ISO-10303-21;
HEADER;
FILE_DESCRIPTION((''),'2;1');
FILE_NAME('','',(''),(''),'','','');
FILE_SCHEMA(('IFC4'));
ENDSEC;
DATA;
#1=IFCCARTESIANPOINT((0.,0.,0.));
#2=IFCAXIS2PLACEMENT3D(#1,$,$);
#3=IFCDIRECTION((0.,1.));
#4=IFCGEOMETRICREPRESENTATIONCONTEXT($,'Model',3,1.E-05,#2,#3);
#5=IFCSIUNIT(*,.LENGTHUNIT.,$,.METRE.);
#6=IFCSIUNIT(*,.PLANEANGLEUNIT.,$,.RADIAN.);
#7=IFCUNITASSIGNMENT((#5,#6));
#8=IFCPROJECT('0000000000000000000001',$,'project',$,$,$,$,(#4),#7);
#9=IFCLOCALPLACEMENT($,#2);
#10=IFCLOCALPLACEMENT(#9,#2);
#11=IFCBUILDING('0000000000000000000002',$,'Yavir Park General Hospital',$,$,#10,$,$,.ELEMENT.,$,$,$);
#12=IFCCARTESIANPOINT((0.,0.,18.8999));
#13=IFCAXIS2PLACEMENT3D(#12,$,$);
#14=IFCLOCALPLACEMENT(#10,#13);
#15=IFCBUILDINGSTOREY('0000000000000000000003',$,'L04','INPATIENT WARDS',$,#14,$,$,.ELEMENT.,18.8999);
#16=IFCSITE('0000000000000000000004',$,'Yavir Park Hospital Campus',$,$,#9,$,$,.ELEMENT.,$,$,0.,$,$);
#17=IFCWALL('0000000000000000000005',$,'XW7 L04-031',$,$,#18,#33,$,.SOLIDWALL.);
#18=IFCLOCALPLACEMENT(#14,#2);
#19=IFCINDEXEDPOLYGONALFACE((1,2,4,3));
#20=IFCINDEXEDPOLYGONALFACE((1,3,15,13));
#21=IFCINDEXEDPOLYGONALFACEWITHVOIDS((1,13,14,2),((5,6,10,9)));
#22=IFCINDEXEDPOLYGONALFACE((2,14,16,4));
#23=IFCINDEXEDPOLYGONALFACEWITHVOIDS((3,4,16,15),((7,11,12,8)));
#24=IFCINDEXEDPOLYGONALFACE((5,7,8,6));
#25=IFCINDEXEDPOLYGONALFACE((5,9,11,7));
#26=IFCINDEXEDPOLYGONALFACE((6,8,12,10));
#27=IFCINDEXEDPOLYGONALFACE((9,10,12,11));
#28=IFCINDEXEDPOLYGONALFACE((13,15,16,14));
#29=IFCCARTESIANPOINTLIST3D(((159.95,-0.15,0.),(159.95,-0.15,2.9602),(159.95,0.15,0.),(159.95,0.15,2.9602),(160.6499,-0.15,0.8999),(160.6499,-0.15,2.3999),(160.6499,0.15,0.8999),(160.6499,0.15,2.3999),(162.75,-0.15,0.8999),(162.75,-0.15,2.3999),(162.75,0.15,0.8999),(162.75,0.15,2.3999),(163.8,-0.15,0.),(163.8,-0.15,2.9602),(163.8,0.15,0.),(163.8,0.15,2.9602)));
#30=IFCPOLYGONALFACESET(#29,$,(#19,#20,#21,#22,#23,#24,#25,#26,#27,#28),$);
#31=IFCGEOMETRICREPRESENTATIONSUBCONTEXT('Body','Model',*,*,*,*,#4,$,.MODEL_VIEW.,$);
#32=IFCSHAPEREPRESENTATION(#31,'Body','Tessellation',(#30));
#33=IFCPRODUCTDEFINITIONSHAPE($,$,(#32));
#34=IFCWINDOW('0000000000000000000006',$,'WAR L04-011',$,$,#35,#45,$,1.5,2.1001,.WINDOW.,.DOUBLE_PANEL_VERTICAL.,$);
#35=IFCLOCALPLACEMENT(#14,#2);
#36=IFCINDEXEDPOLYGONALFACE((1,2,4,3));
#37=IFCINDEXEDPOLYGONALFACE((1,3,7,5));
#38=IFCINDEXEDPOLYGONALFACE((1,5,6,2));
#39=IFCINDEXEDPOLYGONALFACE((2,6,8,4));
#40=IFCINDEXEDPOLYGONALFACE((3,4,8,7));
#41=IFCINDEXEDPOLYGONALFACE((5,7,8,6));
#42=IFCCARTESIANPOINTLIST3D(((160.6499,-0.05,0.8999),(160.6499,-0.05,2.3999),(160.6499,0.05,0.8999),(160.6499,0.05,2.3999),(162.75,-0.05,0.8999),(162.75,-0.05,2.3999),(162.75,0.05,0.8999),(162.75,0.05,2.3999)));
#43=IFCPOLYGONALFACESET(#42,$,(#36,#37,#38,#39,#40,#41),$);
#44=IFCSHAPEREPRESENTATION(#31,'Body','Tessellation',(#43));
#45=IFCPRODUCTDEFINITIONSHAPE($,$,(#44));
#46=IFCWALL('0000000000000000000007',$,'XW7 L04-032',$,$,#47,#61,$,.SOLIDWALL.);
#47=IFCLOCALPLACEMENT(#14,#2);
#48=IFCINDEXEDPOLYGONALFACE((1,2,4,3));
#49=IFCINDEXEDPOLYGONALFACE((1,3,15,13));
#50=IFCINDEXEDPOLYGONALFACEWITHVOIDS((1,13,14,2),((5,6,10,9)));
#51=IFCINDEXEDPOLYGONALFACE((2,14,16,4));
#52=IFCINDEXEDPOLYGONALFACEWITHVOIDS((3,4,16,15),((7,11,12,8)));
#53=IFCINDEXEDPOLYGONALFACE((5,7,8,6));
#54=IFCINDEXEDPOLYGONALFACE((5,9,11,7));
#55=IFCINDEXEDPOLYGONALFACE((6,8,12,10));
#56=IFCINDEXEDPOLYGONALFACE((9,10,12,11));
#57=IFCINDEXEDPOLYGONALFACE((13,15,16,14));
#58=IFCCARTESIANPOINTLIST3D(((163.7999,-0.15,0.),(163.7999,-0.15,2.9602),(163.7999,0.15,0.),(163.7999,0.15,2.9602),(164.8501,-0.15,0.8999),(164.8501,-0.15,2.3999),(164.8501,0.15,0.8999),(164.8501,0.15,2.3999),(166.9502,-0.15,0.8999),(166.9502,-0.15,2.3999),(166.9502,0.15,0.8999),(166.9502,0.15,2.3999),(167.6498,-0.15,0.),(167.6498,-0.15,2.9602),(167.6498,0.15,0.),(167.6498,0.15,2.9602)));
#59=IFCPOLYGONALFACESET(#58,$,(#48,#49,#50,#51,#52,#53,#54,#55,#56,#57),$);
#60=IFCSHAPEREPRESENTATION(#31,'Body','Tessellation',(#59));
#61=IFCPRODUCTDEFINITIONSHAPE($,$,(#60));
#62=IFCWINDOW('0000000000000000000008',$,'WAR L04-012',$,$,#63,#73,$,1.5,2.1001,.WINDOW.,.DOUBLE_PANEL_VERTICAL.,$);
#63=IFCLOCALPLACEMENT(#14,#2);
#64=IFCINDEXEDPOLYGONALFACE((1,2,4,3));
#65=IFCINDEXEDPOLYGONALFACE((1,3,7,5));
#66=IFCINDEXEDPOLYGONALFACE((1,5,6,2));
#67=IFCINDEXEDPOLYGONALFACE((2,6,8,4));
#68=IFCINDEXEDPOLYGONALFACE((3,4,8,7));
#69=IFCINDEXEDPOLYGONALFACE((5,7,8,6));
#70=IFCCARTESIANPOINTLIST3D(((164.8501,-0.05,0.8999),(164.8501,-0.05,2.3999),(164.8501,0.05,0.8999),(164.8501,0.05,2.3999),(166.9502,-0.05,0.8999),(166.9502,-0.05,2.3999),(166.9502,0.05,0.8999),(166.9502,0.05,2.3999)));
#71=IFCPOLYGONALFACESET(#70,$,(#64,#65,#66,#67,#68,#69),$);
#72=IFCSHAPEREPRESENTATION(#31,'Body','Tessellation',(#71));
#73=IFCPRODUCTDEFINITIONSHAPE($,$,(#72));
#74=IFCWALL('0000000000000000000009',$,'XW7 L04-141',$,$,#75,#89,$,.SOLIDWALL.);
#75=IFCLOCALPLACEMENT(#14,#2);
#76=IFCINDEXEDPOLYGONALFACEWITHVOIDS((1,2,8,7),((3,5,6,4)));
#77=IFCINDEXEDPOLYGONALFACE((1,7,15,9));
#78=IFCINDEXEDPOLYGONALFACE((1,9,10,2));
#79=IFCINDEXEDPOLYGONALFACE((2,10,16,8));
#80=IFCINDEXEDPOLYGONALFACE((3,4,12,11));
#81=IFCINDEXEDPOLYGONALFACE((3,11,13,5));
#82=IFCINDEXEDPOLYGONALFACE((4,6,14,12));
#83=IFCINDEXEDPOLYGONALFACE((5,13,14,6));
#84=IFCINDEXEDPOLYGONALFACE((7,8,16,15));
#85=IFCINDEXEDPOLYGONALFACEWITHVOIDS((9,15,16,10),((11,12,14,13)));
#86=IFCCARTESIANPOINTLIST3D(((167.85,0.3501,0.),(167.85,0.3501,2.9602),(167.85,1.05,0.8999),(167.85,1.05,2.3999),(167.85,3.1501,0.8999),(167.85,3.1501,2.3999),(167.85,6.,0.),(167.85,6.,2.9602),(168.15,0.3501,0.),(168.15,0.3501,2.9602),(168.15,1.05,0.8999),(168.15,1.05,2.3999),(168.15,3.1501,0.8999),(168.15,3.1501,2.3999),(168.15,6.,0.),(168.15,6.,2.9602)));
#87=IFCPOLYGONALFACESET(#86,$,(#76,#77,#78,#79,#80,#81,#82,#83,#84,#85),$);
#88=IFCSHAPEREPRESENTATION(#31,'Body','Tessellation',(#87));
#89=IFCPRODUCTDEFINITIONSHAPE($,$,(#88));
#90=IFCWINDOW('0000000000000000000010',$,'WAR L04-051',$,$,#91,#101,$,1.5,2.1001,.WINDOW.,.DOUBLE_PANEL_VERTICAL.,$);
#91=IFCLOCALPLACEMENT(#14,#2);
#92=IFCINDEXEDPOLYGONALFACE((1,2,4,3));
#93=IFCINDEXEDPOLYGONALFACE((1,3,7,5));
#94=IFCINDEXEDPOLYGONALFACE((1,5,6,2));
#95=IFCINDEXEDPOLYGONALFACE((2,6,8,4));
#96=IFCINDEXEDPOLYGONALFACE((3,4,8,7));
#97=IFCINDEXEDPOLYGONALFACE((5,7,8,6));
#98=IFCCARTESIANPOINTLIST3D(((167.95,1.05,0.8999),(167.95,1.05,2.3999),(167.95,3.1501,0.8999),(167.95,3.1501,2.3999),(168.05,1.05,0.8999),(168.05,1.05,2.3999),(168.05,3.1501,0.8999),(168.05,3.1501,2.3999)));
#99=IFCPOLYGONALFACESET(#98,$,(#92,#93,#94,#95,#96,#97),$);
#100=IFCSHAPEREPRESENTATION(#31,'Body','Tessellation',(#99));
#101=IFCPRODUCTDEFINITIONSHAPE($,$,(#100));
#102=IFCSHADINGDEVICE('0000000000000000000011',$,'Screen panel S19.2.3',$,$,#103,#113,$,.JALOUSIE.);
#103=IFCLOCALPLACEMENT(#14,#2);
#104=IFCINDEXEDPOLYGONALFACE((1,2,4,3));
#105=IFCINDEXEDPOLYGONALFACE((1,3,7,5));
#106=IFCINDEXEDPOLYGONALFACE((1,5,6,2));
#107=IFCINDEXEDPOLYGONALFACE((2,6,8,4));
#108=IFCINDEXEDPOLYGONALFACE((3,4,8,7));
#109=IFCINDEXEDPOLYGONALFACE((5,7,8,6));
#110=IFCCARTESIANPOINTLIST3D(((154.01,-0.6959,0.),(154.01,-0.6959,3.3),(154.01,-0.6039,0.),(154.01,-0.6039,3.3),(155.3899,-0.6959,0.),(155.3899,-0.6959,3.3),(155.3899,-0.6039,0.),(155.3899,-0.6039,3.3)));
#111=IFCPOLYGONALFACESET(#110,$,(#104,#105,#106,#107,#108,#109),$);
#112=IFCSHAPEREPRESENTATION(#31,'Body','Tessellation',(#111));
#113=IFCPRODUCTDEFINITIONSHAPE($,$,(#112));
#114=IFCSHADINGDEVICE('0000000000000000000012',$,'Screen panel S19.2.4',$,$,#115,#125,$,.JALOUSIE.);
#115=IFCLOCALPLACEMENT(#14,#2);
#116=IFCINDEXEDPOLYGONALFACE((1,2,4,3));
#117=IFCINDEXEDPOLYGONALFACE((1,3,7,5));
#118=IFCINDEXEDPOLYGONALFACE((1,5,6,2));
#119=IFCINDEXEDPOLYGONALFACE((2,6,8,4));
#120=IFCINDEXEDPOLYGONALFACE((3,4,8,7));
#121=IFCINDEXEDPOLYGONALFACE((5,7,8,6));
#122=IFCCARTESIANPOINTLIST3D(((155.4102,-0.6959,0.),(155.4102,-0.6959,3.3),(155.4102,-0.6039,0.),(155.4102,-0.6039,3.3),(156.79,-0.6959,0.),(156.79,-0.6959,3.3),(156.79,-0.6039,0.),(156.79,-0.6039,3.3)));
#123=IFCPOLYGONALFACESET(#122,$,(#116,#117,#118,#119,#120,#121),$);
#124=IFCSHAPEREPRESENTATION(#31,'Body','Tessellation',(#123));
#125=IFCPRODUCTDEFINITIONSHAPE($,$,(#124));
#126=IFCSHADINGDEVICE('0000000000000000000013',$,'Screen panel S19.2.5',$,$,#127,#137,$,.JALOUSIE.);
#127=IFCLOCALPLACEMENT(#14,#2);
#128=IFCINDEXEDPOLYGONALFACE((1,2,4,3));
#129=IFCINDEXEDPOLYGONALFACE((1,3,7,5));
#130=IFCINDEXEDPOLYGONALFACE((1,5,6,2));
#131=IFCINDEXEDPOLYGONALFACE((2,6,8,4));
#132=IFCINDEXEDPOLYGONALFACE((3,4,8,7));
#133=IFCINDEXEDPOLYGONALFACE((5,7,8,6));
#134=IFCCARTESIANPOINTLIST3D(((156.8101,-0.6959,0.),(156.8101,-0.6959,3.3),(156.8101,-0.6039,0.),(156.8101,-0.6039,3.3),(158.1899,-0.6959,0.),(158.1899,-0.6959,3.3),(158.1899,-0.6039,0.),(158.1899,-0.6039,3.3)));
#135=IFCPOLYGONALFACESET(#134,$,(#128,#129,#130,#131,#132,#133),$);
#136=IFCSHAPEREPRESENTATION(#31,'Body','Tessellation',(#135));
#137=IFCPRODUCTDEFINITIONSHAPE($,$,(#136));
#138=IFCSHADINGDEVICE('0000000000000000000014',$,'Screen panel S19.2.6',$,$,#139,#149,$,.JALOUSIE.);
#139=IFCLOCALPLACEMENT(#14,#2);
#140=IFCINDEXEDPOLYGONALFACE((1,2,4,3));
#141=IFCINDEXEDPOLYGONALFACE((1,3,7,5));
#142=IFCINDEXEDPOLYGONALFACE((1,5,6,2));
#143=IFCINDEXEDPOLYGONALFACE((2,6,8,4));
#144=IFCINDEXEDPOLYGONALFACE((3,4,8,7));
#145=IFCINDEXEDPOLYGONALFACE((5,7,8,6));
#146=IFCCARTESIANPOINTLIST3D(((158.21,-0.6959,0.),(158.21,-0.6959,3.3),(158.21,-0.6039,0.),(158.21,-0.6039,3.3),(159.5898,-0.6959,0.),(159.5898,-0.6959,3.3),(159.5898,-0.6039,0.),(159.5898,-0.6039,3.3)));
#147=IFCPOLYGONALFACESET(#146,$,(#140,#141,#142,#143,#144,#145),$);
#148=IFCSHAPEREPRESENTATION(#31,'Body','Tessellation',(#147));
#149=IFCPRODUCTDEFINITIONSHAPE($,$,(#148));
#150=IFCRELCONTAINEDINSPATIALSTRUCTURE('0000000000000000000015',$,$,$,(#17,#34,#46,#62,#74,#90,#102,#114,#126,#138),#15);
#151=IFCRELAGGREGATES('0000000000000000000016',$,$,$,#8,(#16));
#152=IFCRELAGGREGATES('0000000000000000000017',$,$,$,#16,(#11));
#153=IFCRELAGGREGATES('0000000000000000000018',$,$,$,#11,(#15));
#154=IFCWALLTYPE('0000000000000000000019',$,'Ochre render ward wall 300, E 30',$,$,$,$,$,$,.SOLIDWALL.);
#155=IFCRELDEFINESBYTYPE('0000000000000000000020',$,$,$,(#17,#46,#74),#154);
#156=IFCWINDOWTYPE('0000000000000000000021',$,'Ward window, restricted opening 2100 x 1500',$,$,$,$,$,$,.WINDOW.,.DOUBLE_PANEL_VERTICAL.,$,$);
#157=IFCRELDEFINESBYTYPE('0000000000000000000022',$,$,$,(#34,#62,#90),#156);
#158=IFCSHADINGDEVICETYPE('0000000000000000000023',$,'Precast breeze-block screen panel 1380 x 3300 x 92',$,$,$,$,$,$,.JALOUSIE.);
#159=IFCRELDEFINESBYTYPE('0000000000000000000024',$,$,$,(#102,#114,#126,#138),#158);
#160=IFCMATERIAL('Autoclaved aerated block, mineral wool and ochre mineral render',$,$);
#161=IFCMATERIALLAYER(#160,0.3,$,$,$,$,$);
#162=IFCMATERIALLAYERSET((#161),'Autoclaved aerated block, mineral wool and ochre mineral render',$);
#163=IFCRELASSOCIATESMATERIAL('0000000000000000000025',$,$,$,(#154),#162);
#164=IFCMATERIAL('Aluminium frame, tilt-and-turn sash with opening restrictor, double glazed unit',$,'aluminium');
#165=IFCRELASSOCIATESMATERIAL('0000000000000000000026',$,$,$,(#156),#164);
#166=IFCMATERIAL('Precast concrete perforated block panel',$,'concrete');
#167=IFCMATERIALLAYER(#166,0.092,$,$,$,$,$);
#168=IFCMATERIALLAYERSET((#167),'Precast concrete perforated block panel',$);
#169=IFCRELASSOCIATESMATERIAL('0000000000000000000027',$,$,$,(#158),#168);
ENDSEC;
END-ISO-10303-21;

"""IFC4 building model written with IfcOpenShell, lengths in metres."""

from ifc_helpers import new_model, si_unit, direction, frame, frame_2d, origin, origin_2d, place, context, subcontext, project, spatial, rectangle, extrude, material, layer, layer_set, type_object, element, fill, save


model = new_model("IFC4")

# Units and contexts
model_context = context("Model", 3, precision=1e-05, world=origin(), true_north=direction((0.0, 1.0)))
body_context = subcontext(model_context, "Body", "Model", "MODEL_VIEW")
ifc_project = project(units=[si_unit("LENGTHUNIT", "METRE"), si_unit("PLANEANGLEUNIT", "RADIAN")], contexts=[model_context])

# Site, building, storey
site_placement = place(None, origin())
site = spatial("IfcSite", under=ifc_project, at=site_placement, Name="Yavir Park Hospital Campus", CompositionType="ELEMENT", RefElevation=0.0)
building_placement = place(site_placement, origin())
building = spatial("IfcBuilding", under=site, at=building_placement, Name="Yavir Park General Hospital", CompositionType="ELEMENT")
storey_placement = place(building_placement, frame((0.0, 0.0, 18.8999)))
storey = spatial("IfcBuildingStorey", under=building, at=storey_placement, Name="L04", Description="INPATIENT WARDS", CompositionType="ELEMENT", Elevation=18.8999)

# Walls, openings, windows
ifc_material_1 = material(Name="Autoclaved aerated block, mineral wool and ochre mineral render")
ifc_layer_1 = layer(ifc_material_1, 0.3)
ifc_layer_set_1 = layer_set([ifc_layer_1], Name="Autoclaved aerated block, mineral wool and ochre mineral render")
wall_type_1 = type_object("IfcWallType", Name="Ochre render ward wall 300, E 30", PredefinedType="SOLIDWALL", material=ifc_layer_set_1)
ifc_material_2 = material(Name="Aluminium frame, tilt-and-turn sash with opening restrictor, double glazed unit", Category="aluminium")
window_type = type_object("IfcWindowType", Name="Ward window, restricted opening 2100 x 1500", PartitioningType="DOUBLE_PANEL_VERTICAL", PredefinedType="WINDOW", material=ifc_material_2)
wall_1_placement = place(storey_placement, frame((159.95, 0.0, 0.0), z_axis=(0.0, 0.0, 1.0), x_axis=(1.0, 0.0, 0.0)))
wall_1 = element("IfcWall", 1, at=wall_1_placement, inside=storey, type_object=wall_type_1, Name="XW7 L04-031", PredefinedType="SOLIDWALL", context=body_context, shape_type="SweptSolid", body=[
    extrude(rectangle(XDim=3.8501, YDim=0.3, at=frame_2d((1.925, 0.0))), origin(), (0.0, 0.0, 1.0), 2.9602),
])
opening_1_placement = place(wall_1_placement, frame((0.7, 0.0, 0.8999)))
opening_1 = element("IfcOpeningElement", 2, at=opening_1_placement, cuts=wall_1, PredefinedType="OPENING", context=body_context, shape_type="SweptSolid", body=[
    extrude(rectangle(XDim=2.1001, YDim=1.5, at=frame_2d((1.05, 0.75))), frame((0.0, 0.1599, 0.0), z_axis=(0.0, -1.0, 0.0), x_axis=(1.0, 0.0, 0.0)), (0.0, 0.0, 1.0), 0.3201),
])
window_1_placement = place(opening_1_placement, origin())
window_1 = element("IfcWindow", 3, at=window_1_placement, inside=storey, type_object=window_type, Name="WAR L04-011", OverallHeight=1.5, OverallWidth=2.1001, PartitioningType="DOUBLE_PANEL_VERTICAL", PredefinedType="WINDOW", context=body_context, shape_type="SweptSolid", body=[
    extrude(rectangle(XDim=2.1001, YDim=1.5, at=frame_2d((1.05, 0.75))), frame((0.0, 0.05, 0.0), z_axis=(0.0, -1.0, 0.0), x_axis=(1.0, 0.0, 0.0)), (0.0, 0.0, 1.0), 0.1001),
])
fill(opening_1, window_1)
wall_2_placement = place(storey_placement, frame((163.8, 0.0, 0.0), z_axis=(0.0, 0.0, 1.0), x_axis=(1.0, 0.0, 0.0)))
wall_2 = element("IfcWall", 4, at=wall_2_placement, inside=storey, type_object=wall_type_1, Name="XW7 L04-032", PredefinedType="SOLIDWALL", context=body_context, shape_type="SweptSolid", body=[
    extrude(rectangle(XDim=3.8499, YDim=0.3, at=frame_2d((1.9248, 0.0))), origin(), (0.0, 0.0, 1.0), 2.9602),
])
opening_2_placement = place(wall_2_placement, frame((1.05, 0.0, 0.8999)))
opening_2 = element("IfcOpeningElement", 5, at=opening_2_placement, cuts=wall_2, PredefinedType="OPENING", context=body_context, shape_type="SweptSolid", body=[
    extrude(rectangle(XDim=2.1001, YDim=1.5, at=frame_2d((1.05, 0.75))), frame((0.0, 0.1599, 0.0), z_axis=(0.0, -1.0, 0.0), x_axis=(1.0, 0.0, 0.0)), (0.0, 0.0, 1.0), 0.3201),
])
window_2_placement = place(opening_2_placement, origin())
window_2 = element("IfcWindow", 6, at=window_2_placement, inside=storey, type_object=window_type, Name="WAR L04-012", OverallHeight=1.5, OverallWidth=2.1001, PartitioningType="DOUBLE_PANEL_VERTICAL", PredefinedType="WINDOW", context=body_context, shape_type="SweptSolid", body=[
    extrude(rectangle(XDim=2.1001, YDim=1.5, at=frame_2d((1.05, 0.75))), frame((0.0, 0.05, 0.0), z_axis=(0.0, -1.0, 0.0), x_axis=(1.0, 0.0, 0.0)), (0.0, 0.0, 1.0), 0.1001),
])
fill(opening_2, window_2)
wall_3_placement = place(storey_placement, frame((168.0, 0.3501, 0.0), z_axis=(0.0, 0.0, 1.0), x_axis=(0.0, 1.0, 0.0)))
wall_3 = element("IfcWall", 7, at=wall_3_placement, inside=storey, type_object=wall_type_1, Name="XW7 L04-141", PredefinedType="SOLIDWALL", context=body_context, shape_type="SweptSolid", body=[
    extrude(rectangle(XDim=5.6499, YDim=0.3, at=frame_2d((2.825, 0.0))), origin(), (0.0, 0.0, 1.0), 2.9602),
])
opening_3_placement = place(wall_3_placement, frame((0.7, 0.0, 0.8999)))
opening_3 = element("IfcOpeningElement", 8, at=opening_3_placement, cuts=wall_3, PredefinedType="OPENING", context=body_context, shape_type="SweptSolid", body=[
    extrude(rectangle(XDim=2.1001, YDim=1.5, at=frame_2d((1.05, 0.75))), frame((0.0, 0.1599, 0.0), z_axis=(0.0, -1.0, 0.0), x_axis=(1.0, 0.0, 0.0)), (0.0, 0.0, 1.0), 0.3201),
])
window_3_placement = place(opening_3_placement, origin())
window_3 = element("IfcWindow", 9, at=window_3_placement, inside=storey, type_object=window_type, Name="WAR L04-051", OverallHeight=1.5, OverallWidth=2.1001, PartitioningType="DOUBLE_PANEL_VERTICAL", PredefinedType="WINDOW", context=body_context, shape_type="SweptSolid", body=[
    extrude(rectangle(XDim=2.1001, YDim=1.5, at=frame_2d((1.05, 0.75))), frame((0.0, 0.05, 0.0), z_axis=(0.0, -1.0, 0.0), x_axis=(1.0, 0.0, 0.0)), (0.0, 0.0, 1.0), 0.1001),
])
fill(opening_3, window_3)

# Shading devices
ifc_material_3 = material(Name="Precast concrete perforated block panel", Category="concrete")
ifc_layer_2 = layer(ifc_material_3, 0.092)
ifc_layer_set_2 = layer_set([ifc_layer_2], Name="Precast concrete perforated block panel")
shading_device_type = type_object("IfcShadingDeviceType", Name="Precast breeze-block screen panel 1380 x 3300 x 92", PredefinedType="JALOUSIE", material=ifc_layer_set_2)
for number, where, z_axis, x_axis, name in (
    (10, (154.7, -0.6499, 0.0), (0.0, 0.0, 1.0), (1.0, 0.0, 0.0), "Screen panel S19.2.3"),
    (11, (156.1001, -0.6499, 0.0), (0.0, 0.0, 1.0), (1.0, 0.0, 0.0), "Screen panel S19.2.4"),
    (12, (157.5, -0.6499, 0.0), (0.0, 0.0, 1.0), (1.0, 0.0, 0.0), "Screen panel S19.2.5"),
    (13, (158.8999, -0.6499, 0.0), (0.0, 0.0, 1.0), (1.0, 0.0, 0.0), "Screen panel S19.2.6"),
):
    element("IfcShadingDevice", number, at=place(storey_placement, frame(where, z_axis=z_axis, x_axis=x_axis)), inside=storey, type_object=shading_device_type, Name=name, PredefinedType="JALOUSIE", context=body_context, shape_type="SweptSolid", body=[
        extrude(rectangle(XDim=1.3799, YDim=0.092, at=origin_2d()), origin(), (0.0, 0.0, 1.0), 3.3),
    ])

save(model, "model.ifc")
